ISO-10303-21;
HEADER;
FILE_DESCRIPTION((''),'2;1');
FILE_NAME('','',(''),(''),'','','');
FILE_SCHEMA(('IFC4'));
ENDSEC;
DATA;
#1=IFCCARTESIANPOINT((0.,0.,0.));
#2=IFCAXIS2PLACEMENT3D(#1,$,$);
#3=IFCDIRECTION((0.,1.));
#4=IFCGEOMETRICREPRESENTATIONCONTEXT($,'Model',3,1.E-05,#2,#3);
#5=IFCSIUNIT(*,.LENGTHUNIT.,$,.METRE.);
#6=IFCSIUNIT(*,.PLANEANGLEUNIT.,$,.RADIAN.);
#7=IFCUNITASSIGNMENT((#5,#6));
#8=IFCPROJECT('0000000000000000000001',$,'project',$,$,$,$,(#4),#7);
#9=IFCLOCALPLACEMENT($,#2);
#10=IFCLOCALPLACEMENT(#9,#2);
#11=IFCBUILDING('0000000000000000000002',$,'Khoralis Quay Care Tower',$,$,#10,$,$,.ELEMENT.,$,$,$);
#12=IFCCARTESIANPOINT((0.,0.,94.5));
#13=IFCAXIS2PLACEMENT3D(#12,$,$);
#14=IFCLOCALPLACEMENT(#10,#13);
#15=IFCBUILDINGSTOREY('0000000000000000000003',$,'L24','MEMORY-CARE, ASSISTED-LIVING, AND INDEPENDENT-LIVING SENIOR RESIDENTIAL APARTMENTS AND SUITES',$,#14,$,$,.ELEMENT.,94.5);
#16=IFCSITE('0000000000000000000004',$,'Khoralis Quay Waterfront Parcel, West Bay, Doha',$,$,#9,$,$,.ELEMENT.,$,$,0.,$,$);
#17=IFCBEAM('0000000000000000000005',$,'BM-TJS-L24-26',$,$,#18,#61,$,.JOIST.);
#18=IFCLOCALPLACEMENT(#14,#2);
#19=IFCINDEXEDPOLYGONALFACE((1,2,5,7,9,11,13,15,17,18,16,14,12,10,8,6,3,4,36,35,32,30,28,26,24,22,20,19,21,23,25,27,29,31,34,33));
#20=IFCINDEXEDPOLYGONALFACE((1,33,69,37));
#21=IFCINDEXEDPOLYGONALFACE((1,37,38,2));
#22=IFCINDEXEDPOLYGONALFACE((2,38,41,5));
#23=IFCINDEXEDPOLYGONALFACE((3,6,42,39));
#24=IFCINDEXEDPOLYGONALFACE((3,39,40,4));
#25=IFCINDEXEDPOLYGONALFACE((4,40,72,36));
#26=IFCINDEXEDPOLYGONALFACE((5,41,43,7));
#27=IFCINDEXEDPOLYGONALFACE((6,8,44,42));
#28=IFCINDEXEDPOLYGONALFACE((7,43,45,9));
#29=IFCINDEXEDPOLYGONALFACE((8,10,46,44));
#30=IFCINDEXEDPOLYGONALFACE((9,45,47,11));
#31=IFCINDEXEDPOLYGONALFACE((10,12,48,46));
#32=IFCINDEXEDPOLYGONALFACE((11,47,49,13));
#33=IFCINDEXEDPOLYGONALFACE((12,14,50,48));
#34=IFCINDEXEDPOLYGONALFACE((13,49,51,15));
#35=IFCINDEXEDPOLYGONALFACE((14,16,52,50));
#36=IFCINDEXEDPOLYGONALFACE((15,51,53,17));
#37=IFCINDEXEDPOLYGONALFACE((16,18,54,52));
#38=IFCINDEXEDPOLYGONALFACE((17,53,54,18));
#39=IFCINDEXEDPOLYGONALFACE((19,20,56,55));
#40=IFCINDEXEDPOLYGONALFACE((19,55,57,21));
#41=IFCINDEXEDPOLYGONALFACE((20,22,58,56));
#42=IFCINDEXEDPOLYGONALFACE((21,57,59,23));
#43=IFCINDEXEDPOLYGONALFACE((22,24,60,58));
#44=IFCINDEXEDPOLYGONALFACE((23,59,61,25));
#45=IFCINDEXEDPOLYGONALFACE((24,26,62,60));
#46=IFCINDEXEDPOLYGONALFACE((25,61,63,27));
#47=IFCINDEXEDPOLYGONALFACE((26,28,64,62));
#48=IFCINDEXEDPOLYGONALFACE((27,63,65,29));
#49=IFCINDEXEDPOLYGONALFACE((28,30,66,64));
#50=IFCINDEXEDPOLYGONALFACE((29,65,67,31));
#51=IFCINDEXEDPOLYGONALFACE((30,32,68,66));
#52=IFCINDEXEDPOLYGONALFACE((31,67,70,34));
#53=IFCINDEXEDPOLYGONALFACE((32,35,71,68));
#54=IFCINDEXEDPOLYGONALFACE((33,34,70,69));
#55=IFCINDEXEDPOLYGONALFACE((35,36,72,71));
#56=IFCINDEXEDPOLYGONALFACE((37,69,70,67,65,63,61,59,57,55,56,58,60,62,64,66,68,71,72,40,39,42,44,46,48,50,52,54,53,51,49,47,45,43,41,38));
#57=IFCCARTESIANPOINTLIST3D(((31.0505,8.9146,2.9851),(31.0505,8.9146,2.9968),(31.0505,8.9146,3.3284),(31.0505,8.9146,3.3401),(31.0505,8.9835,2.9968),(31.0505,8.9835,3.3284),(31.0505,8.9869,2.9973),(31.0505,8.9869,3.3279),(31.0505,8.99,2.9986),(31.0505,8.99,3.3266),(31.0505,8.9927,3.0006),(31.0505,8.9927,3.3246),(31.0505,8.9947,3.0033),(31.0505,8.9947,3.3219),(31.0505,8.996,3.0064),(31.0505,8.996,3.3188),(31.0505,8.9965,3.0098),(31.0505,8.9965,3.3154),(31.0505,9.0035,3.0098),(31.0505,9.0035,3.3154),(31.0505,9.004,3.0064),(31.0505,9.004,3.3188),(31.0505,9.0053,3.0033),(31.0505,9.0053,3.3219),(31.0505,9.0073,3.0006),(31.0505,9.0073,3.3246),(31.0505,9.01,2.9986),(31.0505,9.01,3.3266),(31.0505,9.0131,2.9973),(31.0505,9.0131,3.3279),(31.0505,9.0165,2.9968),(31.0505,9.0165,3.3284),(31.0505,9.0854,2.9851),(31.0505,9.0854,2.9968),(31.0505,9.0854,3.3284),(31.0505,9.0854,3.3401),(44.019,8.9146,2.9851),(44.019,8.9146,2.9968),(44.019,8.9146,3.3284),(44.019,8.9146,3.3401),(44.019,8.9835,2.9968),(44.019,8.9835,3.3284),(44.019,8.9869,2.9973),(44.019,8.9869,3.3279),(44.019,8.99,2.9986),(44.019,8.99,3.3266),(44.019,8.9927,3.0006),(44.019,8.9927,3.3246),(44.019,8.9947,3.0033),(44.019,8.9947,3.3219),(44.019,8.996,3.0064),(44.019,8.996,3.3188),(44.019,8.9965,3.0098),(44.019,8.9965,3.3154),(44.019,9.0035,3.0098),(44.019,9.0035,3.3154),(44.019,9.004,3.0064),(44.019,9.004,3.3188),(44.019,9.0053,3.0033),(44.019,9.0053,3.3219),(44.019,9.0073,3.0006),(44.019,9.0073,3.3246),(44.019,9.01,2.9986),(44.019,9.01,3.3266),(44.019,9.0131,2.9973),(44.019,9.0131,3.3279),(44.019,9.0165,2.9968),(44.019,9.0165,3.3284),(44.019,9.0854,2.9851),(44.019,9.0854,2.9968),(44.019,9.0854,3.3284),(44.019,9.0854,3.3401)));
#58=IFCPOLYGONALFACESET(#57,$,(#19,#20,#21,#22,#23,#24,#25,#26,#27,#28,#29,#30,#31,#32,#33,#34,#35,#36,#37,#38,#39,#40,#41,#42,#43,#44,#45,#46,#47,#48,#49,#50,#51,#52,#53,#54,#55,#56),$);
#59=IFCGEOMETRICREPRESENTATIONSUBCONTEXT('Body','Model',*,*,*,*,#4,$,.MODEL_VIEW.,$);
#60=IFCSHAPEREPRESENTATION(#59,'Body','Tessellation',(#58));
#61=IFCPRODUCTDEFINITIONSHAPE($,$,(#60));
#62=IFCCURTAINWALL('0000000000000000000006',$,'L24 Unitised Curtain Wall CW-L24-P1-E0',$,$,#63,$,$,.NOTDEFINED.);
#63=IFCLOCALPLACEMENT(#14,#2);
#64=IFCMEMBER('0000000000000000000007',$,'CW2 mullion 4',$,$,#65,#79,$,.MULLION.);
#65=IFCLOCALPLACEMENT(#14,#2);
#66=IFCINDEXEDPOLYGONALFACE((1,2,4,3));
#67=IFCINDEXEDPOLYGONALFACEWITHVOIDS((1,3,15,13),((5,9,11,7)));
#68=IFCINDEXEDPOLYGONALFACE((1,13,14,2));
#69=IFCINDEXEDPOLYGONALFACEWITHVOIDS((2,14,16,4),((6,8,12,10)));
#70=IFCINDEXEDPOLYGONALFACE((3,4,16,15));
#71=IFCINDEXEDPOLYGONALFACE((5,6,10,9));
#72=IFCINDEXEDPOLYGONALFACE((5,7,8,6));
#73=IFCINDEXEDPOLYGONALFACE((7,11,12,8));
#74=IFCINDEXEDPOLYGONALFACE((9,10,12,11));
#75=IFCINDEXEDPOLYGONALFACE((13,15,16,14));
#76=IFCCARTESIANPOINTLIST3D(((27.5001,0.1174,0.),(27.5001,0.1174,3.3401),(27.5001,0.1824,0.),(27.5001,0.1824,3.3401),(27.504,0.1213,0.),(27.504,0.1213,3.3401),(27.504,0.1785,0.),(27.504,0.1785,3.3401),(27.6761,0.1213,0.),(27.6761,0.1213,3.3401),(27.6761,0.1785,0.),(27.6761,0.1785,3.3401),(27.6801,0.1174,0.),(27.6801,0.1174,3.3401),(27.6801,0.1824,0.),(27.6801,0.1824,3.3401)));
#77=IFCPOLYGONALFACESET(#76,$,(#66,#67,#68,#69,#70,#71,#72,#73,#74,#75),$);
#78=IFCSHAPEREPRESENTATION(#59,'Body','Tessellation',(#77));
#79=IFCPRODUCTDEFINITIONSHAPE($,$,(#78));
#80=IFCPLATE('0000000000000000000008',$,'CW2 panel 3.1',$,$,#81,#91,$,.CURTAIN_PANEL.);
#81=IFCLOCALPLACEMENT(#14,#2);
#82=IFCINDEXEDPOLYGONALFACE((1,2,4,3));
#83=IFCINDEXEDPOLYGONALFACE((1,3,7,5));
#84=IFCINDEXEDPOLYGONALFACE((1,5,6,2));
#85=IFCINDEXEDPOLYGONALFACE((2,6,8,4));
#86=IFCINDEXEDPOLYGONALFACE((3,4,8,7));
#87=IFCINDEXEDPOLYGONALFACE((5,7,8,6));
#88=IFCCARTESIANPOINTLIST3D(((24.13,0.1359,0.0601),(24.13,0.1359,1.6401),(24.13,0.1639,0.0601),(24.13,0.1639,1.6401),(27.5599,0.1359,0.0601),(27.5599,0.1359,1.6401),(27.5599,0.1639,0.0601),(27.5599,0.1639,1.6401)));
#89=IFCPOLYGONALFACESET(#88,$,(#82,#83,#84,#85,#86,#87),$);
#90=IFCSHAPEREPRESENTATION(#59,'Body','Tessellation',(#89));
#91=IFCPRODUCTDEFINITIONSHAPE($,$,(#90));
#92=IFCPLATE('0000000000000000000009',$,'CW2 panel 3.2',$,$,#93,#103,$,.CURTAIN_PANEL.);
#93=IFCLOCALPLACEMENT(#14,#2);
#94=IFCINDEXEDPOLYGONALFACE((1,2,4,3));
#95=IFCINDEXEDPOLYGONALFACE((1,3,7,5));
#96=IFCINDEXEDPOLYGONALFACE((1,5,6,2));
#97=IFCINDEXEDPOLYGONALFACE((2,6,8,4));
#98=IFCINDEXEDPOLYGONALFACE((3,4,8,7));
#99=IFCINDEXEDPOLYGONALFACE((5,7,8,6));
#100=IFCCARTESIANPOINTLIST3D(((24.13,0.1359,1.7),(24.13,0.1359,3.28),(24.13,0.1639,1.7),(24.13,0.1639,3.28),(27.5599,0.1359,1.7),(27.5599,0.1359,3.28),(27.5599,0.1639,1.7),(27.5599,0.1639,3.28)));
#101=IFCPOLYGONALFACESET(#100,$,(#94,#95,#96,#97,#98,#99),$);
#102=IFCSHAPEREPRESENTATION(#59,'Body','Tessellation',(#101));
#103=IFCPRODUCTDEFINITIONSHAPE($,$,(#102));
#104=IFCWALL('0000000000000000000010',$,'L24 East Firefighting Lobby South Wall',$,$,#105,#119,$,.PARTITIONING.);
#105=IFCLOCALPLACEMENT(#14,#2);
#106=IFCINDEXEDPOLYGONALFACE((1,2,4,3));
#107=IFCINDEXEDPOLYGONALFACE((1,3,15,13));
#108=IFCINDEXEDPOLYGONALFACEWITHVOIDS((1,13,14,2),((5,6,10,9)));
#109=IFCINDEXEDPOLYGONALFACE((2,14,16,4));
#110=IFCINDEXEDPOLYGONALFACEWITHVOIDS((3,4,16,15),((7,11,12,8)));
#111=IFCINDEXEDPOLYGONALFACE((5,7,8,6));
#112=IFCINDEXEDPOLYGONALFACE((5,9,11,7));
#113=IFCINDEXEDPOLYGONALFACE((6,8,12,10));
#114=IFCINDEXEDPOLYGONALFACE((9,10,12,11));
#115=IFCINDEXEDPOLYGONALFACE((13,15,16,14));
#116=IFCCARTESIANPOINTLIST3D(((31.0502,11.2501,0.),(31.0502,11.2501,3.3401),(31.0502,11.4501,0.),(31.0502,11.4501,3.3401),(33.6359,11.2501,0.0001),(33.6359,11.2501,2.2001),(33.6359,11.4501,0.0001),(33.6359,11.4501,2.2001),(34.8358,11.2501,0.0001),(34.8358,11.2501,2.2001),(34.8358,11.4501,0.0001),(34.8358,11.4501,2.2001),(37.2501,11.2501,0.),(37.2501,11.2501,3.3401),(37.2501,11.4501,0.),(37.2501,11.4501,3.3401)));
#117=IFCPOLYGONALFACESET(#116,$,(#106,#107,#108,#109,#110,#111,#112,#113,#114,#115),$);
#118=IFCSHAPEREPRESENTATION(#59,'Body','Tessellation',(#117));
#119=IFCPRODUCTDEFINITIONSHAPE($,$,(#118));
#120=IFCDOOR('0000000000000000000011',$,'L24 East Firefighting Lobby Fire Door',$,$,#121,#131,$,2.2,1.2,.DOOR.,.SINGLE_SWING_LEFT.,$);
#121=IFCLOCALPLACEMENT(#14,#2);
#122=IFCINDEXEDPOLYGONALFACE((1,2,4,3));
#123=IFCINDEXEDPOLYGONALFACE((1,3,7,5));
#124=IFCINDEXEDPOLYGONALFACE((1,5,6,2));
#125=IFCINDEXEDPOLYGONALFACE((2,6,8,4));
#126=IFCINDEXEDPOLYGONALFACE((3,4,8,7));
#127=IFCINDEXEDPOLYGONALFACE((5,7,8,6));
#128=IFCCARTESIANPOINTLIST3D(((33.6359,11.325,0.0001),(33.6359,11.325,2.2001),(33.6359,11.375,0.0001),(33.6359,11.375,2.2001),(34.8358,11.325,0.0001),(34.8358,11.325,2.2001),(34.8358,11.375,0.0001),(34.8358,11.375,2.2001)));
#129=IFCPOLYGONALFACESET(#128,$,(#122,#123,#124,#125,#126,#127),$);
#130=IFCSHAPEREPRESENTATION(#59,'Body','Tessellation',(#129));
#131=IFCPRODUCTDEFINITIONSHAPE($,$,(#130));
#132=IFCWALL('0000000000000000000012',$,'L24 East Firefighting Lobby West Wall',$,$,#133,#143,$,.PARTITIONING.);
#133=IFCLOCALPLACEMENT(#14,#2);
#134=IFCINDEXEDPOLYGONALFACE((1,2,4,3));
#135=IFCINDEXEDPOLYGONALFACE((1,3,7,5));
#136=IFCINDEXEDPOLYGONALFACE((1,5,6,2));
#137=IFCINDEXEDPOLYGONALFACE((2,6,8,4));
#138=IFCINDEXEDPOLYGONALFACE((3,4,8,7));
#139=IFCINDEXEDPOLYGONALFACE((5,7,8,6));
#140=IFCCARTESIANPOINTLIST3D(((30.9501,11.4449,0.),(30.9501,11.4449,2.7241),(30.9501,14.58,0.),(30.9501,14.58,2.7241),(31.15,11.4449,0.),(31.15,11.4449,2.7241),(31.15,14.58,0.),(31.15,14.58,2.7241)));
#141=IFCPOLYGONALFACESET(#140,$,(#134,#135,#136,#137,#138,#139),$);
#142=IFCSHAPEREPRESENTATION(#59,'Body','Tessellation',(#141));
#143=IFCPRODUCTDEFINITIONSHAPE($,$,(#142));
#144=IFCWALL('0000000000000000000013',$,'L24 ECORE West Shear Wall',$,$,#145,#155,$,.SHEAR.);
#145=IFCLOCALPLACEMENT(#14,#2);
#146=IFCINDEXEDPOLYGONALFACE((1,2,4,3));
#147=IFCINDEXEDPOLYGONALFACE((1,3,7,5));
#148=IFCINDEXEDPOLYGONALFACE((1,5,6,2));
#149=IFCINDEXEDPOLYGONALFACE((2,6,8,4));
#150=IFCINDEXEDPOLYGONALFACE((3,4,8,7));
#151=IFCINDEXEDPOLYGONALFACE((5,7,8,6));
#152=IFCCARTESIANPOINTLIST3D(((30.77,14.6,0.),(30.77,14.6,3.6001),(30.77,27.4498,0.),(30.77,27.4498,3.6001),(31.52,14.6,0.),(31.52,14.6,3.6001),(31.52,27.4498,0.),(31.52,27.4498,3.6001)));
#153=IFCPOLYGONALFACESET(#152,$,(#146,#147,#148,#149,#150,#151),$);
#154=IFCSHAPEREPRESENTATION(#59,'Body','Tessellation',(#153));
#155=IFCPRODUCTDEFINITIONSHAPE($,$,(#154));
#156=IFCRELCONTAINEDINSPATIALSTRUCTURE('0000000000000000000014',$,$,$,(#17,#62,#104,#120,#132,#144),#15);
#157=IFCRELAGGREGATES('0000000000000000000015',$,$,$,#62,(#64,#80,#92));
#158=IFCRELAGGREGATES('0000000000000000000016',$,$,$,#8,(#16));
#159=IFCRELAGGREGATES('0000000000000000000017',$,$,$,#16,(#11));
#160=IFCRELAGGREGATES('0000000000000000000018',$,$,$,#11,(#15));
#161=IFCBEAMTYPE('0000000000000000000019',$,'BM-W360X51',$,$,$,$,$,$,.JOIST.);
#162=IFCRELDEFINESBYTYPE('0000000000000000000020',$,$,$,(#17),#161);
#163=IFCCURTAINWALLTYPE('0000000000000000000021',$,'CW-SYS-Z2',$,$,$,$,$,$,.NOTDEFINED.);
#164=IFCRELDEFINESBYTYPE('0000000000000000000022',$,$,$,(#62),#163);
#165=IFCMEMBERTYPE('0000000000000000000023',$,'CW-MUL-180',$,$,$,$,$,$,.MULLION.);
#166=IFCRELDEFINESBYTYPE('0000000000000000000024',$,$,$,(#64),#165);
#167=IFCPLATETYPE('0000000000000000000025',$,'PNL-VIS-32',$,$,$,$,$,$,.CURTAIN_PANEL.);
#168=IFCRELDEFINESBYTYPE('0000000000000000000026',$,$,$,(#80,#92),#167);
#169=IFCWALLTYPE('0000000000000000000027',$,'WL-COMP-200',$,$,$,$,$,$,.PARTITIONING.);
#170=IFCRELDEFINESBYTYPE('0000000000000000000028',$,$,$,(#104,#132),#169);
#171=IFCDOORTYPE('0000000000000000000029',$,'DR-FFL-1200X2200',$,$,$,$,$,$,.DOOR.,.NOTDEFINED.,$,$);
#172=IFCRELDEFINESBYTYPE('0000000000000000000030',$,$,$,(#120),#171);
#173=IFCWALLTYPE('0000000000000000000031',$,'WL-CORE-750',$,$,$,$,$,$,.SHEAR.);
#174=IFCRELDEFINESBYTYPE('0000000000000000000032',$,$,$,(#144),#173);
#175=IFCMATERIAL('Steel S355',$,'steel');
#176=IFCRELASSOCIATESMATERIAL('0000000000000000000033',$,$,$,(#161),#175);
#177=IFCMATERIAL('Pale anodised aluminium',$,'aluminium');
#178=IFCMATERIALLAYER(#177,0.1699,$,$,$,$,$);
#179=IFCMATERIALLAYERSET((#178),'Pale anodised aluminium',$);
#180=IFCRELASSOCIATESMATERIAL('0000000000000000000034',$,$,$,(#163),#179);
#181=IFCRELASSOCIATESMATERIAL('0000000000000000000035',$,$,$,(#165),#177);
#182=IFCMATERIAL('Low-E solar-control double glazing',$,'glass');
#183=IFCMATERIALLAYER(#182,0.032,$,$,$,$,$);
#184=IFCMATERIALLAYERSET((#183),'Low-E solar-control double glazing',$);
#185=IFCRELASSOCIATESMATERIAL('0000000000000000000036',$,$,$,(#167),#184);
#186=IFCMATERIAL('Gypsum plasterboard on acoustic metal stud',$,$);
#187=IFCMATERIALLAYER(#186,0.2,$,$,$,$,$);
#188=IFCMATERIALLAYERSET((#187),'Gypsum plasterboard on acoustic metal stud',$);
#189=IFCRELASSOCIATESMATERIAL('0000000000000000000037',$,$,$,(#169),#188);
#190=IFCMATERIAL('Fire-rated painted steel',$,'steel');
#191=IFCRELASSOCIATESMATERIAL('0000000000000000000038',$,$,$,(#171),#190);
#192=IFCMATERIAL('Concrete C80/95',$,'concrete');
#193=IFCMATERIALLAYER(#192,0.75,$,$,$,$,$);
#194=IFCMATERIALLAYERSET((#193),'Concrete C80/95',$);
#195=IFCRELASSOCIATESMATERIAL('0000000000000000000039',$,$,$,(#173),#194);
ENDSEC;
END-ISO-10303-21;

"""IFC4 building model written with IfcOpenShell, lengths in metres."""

from ifc_helpers import new_model, si_unit, direction, frame, frame_2d, origin, origin_2d, place, context, subcontext, project, spatial, rectangle, hollow_rectangle, i_section, extrude, source, transform, mapped, material, layer, layer_set, material_profile, profile_set, type_object, element, fill, aggregate, save


model = new_model("IFC4")

# Units and contexts
model_context = context("Model", 3, precision=1e-05, world=origin(), true_north=direction((0.0, 1.0)))
body_context = subcontext(model_context, "Body", "Model", "MODEL_VIEW")
ifc_project = project(units=[si_unit("LENGTHUNIT", "METRE"), si_unit("PLANEANGLEUNIT", "RADIAN")], contexts=[model_context])

# Site, building, storey
site_placement = place(None, origin())
site = spatial("IfcSite", under=ifc_project, at=site_placement, Name="Khoralis Quay Waterfront Parcel, West Bay, Doha", CompositionType="ELEMENT", RefElevation=0.0)
building_placement = place(site_placement, origin())
building = spatial("IfcBuilding", under=site, at=building_placement, Name="Khoralis Quay Care Tower", CompositionType="ELEMENT")
storey_placement = place(building_placement, frame((0.0, 0.0, 94.5)))
storey = spatial("IfcBuildingStorey", under=building, at=storey_placement, Name="L24", Description="MEMORY-CARE, ASSISTED-LIVING, AND INDEPENDENT-LIVING SENIOR RESIDENTIAL APARTMENTS AND SUITES", CompositionType="ELEMENT", Elevation=94.5)

# Beam
ifc_material_1 = material(Name="Steel S355", Category="steel")
ifc_material_profile_1 = material_profile(ifc_material_1, i_section(OverallWidth=0.1709, OverallDepth=0.355, WebThickness=0.0071, FlangeThickness=0.0117, FilletRadius=0.0129, at=origin_2d()), Name="Steel S355")
ifc_profile_set_1 = profile_set([ifc_material_profile_1], Name="Steel S355")
beam_type_1 = type_object("IfcBeamType", Name="BM-W360X51", PredefinedType="JOIST", material=ifc_profile_set_1)
shared_shape_1 = source(origin(), body_context, "Body", "SweptSolid", [
    extrude(i_section(OverallWidth=0.1709, OverallDepth=0.355, WebThickness=0.0071, FlangeThickness=0.0117, FilletRadius=0.0129, at=origin_2d()), origin(), (0.0, 0.0, 1.0), 12.9685),
])
beam_1_placement = place(storey_placement, frame((31.0505, 9.0, 3.1626), z_axis=(1.0, 0.0, 0.0), x_axis=(0.0, 1.0, 0.0)))
element("IfcBeam", 1, at=beam_1_placement, inside=storey, type_object=beam_type_1, Name="BM-TJS-L24-26", PredefinedType="JOIST", context=body_context, shape_type="MappedRepresentation", body=[
    mapped(shared_shape_1, transform((0.0, 0.0, 0.0), scale=1.0)),
])

# Curtain wall, member, plates
ifc_material_2 = material(Name="Pale anodised aluminium", Category="aluminium")
ifc_layer_1 = layer(ifc_material_2, 0.1699)
ifc_layer_set_1 = layer_set([ifc_layer_1], Name="Pale anodised aluminium")
curtain_wall_type = type_object("IfcCurtainWallType", Name="CW-SYS-Z2", PredefinedType="NOTDEFINED", material=ifc_layer_set_1)
curtain_wall_placement = place(storey_placement, origin())
curtain_wall = element("IfcCurtainWall", 2, at=curtain_wall_placement, inside=storey, type_object=curtain_wall_type, Name="L24 Unitised Curtain Wall CW-L24-P1-E0", PredefinedType="NOTDEFINED")
ifc_material_profile_2 = material_profile(ifc_material_2, hollow_rectangle(XDim=0.0649, YDim=0.1799, WallThickness=0.0039, at=origin_2d()), Name="Pale anodised aluminium")
ifc_profile_set_2 = profile_set([ifc_material_profile_2], Name="Pale anodised aluminium")
member_type = type_object("IfcMemberType", Name="CW-MUL-180", PredefinedType="MULLION", material=ifc_profile_set_2)
shared_shape_2 = source(origin(), body_context, "Body", "SweptSolid", [
    extrude(hollow_rectangle(XDim=0.0649, YDim=0.1799, WallThickness=0.0039, at=origin_2d()), origin(), (0.0, 0.0, 1.0), 3.3401),
])
member_placement = place(storey_placement, frame((27.5901, 0.1499, 0.0), z_axis=(0.0, 0.0, 1.0), x_axis=(0.0, 1.0, 0.0)))
member = element("IfcMember", 3, at=member_placement, type_object=member_type, Name="CW2 mullion 4", PredefinedType="MULLION", context=body_context, shape_type="MappedRepresentation", body=[
    mapped(shared_shape_2, transform((0.0, 0.0, 0.0), scale=1.0)),
])
ifc_material_3 = material(Name="Low-E solar-control double glazing", Category="glass")
ifc_layer_2 = layer(ifc_material_3, 0.032)
ifc_layer_set_2 = layer_set([ifc_layer_2], Name="Low-E solar-control double glazing")
plate_type = type_object("IfcPlateType", Name="PNL-VIS-32", PredefinedType="CURTAIN_PANEL", material=ifc_layer_set_2)
shared_shape_3 = source(origin(), body_context, "Body", "SweptSolid", [
    extrude(rectangle(XDim=3.4299, YDim=0.0281, at=origin_2d()), origin(), (0.0, 0.0, 1.0), 1.5801),
])
plate_1_placement = place(storey_placement, frame((25.845, 0.1499, 0.0601), z_axis=(0.0, 0.0, 1.0), x_axis=(1.0, 0.0, 0.0)))
plate_1 = element("IfcPlate", 4, at=plate_1_placement, type_object=plate_type, Name="CW2 panel 3.1", PredefinedType="CURTAIN_PANEL", context=body_context, shape_type="MappedRepresentation", body=[
    mapped(shared_shape_3, transform((0.0, 0.0, 0.0), scale=1.0)),
])
plate_2_placement = place(storey_placement, frame((25.845, 0.1499, 1.7), z_axis=(0.0, 0.0, 1.0), x_axis=(1.0, 0.0, 0.0)))
plate_2 = element("IfcPlate", 5, at=plate_2_placement, type_object=plate_type, Name="CW2 panel 3.2", PredefinedType="CURTAIN_PANEL", context=body_context, shape_type="MappedRepresentation", body=[
    mapped(shared_shape_3, transform((0.0, 0.0, 0.0), scale=1.0)),
])
aggregate(curtain_wall, [member, plate_1, plate_2])

# Wall, opening, door
ifc_material_4 = material(Name="Gypsum plasterboard on acoustic metal stud")
ifc_layer_3 = layer(ifc_material_4, 0.2)
ifc_layer_set_3 = layer_set([ifc_layer_3], Name="Gypsum plasterboard on acoustic metal stud")
wall_type_1 = type_object("IfcWallType", Name="WL-COMP-200", PredefinedType="PARTITIONING", material=ifc_layer_set_3)
wall_1_placement = place(storey_placement, frame((31.05, 11.3501, 0.0), z_axis=(0.0, 0.0, 1.0), x_axis=(1.0, 0.0, 0.0)))
wall_1 = element("IfcWall", 6, at=wall_1_placement, inside=storey, type_object=wall_type_1, Name="L24 East Firefighting Lobby South Wall", PredefinedType="PARTITIONING", context=body_context, shape_type="SweptSolid", body=[
    extrude(rectangle(XDim=6.2, YDim=0.2, at=frame_2d((3.1001, 0.0))), origin(), (0.0, 0.0, 1.0), 3.3401),
])
opening_1_placement = place(wall_1_placement, frame((2.5857, 0.0, 0.0)))
opening_1 = element("IfcOpeningElement", 7, at=opening_1_placement, cuts=wall_1, PredefinedType="OPENING", context=body_context, shape_type="SweptSolid", body=[
    extrude(rectangle(XDim=1.2, YDim=2.2, at=frame_2d((0.6001, 1.1001))), frame((0.0, 0.1099, 0.0), z_axis=(0.0, -1.0, 0.0), x_axis=(1.0, 0.0, 0.0)), (0.0, 0.0, 1.0), 0.22),
])
ifc_material_5 = material(Name="Fire-rated painted steel", Category="steel")
door_type_1 = type_object("IfcDoorType", Name="DR-FFL-1200X2200", OperationType="NOTDEFINED", PredefinedType="DOOR", material=ifc_material_5)
shared_shape_4 = source(origin(), body_context, "Body", "SweptSolid", [
    extrude(rectangle(XDim=1.2, YDim=2.2, at=frame_2d((0.6001, 1.1001))), frame((0.0, 0.0249, 0.0), z_axis=(0.0, -1.0, 0.0), x_axis=(1.0, 0.0, 0.0)), (0.0, 0.0, 1.0), 0.05),
])
door_1_placement = place(opening_1_placement, origin())
door_1 = element("IfcDoor", 8, at=door_1_placement, inside=storey, type_object=door_type_1, Name="L24 East Firefighting Lobby Fire Door", OperationType="SINGLE_SWING_LEFT", OverallHeight=2.2, OverallWidth=1.2, PredefinedType="DOOR", context=body_context, shape_type="MappedRepresentation", body=[
    mapped(shared_shape_4, transform((0.0, 0.0, 0.0), scale=1.0)),
])
fill(opening_1, door_1)

# Walls
wall_2_placement = place(storey_placement, frame((31.05, 11.4451, 0.0), z_axis=(0.0, 0.0, 1.0), x_axis=(0.0, 1.0, 0.0)))
element("IfcWall", 9, at=wall_2_placement, inside=storey, type_object=wall_type_1, Name="L24 East Firefighting Lobby West Wall", PredefinedType="PARTITIONING", context=body_context, shape_type="SweptSolid", body=[
    extrude(rectangle(XDim=3.135, YDim=0.2, at=frame_2d((1.5674, 0.0))), origin(), (0.0, 0.0, 1.0), 2.7241),
])
ifc_material_6 = material(Name="Concrete C80/95", Category="concrete")
ifc_layer_4 = layer(ifc_material_6, 0.75)
ifc_layer_set_4 = layer_set([ifc_layer_4], Name="Concrete C80/95")
wall_type_2 = type_object("IfcWallType", Name="WL-CORE-750", PredefinedType="SHEAR", material=ifc_layer_set_4)
wall_3_placement = place(storey_placement, frame((31.145, 14.6001, 0.0), z_axis=(0.0, 0.0, 1.0), x_axis=(0.0, 1.0, 0.0)))
element("IfcWall", 10, at=wall_3_placement, inside=storey, type_object=wall_type_2, Name="L24 ECORE West Shear Wall", PredefinedType="SHEAR", context=body_context, shape_type="SweptSolid", body=[
    extrude(rectangle(XDim=12.8499, YDim=0.75, at=frame_2d((6.4248, 0.0))), origin(), (0.0, 0.0, 1.0), 3.6001),
])

save(model, "model.ifc")
